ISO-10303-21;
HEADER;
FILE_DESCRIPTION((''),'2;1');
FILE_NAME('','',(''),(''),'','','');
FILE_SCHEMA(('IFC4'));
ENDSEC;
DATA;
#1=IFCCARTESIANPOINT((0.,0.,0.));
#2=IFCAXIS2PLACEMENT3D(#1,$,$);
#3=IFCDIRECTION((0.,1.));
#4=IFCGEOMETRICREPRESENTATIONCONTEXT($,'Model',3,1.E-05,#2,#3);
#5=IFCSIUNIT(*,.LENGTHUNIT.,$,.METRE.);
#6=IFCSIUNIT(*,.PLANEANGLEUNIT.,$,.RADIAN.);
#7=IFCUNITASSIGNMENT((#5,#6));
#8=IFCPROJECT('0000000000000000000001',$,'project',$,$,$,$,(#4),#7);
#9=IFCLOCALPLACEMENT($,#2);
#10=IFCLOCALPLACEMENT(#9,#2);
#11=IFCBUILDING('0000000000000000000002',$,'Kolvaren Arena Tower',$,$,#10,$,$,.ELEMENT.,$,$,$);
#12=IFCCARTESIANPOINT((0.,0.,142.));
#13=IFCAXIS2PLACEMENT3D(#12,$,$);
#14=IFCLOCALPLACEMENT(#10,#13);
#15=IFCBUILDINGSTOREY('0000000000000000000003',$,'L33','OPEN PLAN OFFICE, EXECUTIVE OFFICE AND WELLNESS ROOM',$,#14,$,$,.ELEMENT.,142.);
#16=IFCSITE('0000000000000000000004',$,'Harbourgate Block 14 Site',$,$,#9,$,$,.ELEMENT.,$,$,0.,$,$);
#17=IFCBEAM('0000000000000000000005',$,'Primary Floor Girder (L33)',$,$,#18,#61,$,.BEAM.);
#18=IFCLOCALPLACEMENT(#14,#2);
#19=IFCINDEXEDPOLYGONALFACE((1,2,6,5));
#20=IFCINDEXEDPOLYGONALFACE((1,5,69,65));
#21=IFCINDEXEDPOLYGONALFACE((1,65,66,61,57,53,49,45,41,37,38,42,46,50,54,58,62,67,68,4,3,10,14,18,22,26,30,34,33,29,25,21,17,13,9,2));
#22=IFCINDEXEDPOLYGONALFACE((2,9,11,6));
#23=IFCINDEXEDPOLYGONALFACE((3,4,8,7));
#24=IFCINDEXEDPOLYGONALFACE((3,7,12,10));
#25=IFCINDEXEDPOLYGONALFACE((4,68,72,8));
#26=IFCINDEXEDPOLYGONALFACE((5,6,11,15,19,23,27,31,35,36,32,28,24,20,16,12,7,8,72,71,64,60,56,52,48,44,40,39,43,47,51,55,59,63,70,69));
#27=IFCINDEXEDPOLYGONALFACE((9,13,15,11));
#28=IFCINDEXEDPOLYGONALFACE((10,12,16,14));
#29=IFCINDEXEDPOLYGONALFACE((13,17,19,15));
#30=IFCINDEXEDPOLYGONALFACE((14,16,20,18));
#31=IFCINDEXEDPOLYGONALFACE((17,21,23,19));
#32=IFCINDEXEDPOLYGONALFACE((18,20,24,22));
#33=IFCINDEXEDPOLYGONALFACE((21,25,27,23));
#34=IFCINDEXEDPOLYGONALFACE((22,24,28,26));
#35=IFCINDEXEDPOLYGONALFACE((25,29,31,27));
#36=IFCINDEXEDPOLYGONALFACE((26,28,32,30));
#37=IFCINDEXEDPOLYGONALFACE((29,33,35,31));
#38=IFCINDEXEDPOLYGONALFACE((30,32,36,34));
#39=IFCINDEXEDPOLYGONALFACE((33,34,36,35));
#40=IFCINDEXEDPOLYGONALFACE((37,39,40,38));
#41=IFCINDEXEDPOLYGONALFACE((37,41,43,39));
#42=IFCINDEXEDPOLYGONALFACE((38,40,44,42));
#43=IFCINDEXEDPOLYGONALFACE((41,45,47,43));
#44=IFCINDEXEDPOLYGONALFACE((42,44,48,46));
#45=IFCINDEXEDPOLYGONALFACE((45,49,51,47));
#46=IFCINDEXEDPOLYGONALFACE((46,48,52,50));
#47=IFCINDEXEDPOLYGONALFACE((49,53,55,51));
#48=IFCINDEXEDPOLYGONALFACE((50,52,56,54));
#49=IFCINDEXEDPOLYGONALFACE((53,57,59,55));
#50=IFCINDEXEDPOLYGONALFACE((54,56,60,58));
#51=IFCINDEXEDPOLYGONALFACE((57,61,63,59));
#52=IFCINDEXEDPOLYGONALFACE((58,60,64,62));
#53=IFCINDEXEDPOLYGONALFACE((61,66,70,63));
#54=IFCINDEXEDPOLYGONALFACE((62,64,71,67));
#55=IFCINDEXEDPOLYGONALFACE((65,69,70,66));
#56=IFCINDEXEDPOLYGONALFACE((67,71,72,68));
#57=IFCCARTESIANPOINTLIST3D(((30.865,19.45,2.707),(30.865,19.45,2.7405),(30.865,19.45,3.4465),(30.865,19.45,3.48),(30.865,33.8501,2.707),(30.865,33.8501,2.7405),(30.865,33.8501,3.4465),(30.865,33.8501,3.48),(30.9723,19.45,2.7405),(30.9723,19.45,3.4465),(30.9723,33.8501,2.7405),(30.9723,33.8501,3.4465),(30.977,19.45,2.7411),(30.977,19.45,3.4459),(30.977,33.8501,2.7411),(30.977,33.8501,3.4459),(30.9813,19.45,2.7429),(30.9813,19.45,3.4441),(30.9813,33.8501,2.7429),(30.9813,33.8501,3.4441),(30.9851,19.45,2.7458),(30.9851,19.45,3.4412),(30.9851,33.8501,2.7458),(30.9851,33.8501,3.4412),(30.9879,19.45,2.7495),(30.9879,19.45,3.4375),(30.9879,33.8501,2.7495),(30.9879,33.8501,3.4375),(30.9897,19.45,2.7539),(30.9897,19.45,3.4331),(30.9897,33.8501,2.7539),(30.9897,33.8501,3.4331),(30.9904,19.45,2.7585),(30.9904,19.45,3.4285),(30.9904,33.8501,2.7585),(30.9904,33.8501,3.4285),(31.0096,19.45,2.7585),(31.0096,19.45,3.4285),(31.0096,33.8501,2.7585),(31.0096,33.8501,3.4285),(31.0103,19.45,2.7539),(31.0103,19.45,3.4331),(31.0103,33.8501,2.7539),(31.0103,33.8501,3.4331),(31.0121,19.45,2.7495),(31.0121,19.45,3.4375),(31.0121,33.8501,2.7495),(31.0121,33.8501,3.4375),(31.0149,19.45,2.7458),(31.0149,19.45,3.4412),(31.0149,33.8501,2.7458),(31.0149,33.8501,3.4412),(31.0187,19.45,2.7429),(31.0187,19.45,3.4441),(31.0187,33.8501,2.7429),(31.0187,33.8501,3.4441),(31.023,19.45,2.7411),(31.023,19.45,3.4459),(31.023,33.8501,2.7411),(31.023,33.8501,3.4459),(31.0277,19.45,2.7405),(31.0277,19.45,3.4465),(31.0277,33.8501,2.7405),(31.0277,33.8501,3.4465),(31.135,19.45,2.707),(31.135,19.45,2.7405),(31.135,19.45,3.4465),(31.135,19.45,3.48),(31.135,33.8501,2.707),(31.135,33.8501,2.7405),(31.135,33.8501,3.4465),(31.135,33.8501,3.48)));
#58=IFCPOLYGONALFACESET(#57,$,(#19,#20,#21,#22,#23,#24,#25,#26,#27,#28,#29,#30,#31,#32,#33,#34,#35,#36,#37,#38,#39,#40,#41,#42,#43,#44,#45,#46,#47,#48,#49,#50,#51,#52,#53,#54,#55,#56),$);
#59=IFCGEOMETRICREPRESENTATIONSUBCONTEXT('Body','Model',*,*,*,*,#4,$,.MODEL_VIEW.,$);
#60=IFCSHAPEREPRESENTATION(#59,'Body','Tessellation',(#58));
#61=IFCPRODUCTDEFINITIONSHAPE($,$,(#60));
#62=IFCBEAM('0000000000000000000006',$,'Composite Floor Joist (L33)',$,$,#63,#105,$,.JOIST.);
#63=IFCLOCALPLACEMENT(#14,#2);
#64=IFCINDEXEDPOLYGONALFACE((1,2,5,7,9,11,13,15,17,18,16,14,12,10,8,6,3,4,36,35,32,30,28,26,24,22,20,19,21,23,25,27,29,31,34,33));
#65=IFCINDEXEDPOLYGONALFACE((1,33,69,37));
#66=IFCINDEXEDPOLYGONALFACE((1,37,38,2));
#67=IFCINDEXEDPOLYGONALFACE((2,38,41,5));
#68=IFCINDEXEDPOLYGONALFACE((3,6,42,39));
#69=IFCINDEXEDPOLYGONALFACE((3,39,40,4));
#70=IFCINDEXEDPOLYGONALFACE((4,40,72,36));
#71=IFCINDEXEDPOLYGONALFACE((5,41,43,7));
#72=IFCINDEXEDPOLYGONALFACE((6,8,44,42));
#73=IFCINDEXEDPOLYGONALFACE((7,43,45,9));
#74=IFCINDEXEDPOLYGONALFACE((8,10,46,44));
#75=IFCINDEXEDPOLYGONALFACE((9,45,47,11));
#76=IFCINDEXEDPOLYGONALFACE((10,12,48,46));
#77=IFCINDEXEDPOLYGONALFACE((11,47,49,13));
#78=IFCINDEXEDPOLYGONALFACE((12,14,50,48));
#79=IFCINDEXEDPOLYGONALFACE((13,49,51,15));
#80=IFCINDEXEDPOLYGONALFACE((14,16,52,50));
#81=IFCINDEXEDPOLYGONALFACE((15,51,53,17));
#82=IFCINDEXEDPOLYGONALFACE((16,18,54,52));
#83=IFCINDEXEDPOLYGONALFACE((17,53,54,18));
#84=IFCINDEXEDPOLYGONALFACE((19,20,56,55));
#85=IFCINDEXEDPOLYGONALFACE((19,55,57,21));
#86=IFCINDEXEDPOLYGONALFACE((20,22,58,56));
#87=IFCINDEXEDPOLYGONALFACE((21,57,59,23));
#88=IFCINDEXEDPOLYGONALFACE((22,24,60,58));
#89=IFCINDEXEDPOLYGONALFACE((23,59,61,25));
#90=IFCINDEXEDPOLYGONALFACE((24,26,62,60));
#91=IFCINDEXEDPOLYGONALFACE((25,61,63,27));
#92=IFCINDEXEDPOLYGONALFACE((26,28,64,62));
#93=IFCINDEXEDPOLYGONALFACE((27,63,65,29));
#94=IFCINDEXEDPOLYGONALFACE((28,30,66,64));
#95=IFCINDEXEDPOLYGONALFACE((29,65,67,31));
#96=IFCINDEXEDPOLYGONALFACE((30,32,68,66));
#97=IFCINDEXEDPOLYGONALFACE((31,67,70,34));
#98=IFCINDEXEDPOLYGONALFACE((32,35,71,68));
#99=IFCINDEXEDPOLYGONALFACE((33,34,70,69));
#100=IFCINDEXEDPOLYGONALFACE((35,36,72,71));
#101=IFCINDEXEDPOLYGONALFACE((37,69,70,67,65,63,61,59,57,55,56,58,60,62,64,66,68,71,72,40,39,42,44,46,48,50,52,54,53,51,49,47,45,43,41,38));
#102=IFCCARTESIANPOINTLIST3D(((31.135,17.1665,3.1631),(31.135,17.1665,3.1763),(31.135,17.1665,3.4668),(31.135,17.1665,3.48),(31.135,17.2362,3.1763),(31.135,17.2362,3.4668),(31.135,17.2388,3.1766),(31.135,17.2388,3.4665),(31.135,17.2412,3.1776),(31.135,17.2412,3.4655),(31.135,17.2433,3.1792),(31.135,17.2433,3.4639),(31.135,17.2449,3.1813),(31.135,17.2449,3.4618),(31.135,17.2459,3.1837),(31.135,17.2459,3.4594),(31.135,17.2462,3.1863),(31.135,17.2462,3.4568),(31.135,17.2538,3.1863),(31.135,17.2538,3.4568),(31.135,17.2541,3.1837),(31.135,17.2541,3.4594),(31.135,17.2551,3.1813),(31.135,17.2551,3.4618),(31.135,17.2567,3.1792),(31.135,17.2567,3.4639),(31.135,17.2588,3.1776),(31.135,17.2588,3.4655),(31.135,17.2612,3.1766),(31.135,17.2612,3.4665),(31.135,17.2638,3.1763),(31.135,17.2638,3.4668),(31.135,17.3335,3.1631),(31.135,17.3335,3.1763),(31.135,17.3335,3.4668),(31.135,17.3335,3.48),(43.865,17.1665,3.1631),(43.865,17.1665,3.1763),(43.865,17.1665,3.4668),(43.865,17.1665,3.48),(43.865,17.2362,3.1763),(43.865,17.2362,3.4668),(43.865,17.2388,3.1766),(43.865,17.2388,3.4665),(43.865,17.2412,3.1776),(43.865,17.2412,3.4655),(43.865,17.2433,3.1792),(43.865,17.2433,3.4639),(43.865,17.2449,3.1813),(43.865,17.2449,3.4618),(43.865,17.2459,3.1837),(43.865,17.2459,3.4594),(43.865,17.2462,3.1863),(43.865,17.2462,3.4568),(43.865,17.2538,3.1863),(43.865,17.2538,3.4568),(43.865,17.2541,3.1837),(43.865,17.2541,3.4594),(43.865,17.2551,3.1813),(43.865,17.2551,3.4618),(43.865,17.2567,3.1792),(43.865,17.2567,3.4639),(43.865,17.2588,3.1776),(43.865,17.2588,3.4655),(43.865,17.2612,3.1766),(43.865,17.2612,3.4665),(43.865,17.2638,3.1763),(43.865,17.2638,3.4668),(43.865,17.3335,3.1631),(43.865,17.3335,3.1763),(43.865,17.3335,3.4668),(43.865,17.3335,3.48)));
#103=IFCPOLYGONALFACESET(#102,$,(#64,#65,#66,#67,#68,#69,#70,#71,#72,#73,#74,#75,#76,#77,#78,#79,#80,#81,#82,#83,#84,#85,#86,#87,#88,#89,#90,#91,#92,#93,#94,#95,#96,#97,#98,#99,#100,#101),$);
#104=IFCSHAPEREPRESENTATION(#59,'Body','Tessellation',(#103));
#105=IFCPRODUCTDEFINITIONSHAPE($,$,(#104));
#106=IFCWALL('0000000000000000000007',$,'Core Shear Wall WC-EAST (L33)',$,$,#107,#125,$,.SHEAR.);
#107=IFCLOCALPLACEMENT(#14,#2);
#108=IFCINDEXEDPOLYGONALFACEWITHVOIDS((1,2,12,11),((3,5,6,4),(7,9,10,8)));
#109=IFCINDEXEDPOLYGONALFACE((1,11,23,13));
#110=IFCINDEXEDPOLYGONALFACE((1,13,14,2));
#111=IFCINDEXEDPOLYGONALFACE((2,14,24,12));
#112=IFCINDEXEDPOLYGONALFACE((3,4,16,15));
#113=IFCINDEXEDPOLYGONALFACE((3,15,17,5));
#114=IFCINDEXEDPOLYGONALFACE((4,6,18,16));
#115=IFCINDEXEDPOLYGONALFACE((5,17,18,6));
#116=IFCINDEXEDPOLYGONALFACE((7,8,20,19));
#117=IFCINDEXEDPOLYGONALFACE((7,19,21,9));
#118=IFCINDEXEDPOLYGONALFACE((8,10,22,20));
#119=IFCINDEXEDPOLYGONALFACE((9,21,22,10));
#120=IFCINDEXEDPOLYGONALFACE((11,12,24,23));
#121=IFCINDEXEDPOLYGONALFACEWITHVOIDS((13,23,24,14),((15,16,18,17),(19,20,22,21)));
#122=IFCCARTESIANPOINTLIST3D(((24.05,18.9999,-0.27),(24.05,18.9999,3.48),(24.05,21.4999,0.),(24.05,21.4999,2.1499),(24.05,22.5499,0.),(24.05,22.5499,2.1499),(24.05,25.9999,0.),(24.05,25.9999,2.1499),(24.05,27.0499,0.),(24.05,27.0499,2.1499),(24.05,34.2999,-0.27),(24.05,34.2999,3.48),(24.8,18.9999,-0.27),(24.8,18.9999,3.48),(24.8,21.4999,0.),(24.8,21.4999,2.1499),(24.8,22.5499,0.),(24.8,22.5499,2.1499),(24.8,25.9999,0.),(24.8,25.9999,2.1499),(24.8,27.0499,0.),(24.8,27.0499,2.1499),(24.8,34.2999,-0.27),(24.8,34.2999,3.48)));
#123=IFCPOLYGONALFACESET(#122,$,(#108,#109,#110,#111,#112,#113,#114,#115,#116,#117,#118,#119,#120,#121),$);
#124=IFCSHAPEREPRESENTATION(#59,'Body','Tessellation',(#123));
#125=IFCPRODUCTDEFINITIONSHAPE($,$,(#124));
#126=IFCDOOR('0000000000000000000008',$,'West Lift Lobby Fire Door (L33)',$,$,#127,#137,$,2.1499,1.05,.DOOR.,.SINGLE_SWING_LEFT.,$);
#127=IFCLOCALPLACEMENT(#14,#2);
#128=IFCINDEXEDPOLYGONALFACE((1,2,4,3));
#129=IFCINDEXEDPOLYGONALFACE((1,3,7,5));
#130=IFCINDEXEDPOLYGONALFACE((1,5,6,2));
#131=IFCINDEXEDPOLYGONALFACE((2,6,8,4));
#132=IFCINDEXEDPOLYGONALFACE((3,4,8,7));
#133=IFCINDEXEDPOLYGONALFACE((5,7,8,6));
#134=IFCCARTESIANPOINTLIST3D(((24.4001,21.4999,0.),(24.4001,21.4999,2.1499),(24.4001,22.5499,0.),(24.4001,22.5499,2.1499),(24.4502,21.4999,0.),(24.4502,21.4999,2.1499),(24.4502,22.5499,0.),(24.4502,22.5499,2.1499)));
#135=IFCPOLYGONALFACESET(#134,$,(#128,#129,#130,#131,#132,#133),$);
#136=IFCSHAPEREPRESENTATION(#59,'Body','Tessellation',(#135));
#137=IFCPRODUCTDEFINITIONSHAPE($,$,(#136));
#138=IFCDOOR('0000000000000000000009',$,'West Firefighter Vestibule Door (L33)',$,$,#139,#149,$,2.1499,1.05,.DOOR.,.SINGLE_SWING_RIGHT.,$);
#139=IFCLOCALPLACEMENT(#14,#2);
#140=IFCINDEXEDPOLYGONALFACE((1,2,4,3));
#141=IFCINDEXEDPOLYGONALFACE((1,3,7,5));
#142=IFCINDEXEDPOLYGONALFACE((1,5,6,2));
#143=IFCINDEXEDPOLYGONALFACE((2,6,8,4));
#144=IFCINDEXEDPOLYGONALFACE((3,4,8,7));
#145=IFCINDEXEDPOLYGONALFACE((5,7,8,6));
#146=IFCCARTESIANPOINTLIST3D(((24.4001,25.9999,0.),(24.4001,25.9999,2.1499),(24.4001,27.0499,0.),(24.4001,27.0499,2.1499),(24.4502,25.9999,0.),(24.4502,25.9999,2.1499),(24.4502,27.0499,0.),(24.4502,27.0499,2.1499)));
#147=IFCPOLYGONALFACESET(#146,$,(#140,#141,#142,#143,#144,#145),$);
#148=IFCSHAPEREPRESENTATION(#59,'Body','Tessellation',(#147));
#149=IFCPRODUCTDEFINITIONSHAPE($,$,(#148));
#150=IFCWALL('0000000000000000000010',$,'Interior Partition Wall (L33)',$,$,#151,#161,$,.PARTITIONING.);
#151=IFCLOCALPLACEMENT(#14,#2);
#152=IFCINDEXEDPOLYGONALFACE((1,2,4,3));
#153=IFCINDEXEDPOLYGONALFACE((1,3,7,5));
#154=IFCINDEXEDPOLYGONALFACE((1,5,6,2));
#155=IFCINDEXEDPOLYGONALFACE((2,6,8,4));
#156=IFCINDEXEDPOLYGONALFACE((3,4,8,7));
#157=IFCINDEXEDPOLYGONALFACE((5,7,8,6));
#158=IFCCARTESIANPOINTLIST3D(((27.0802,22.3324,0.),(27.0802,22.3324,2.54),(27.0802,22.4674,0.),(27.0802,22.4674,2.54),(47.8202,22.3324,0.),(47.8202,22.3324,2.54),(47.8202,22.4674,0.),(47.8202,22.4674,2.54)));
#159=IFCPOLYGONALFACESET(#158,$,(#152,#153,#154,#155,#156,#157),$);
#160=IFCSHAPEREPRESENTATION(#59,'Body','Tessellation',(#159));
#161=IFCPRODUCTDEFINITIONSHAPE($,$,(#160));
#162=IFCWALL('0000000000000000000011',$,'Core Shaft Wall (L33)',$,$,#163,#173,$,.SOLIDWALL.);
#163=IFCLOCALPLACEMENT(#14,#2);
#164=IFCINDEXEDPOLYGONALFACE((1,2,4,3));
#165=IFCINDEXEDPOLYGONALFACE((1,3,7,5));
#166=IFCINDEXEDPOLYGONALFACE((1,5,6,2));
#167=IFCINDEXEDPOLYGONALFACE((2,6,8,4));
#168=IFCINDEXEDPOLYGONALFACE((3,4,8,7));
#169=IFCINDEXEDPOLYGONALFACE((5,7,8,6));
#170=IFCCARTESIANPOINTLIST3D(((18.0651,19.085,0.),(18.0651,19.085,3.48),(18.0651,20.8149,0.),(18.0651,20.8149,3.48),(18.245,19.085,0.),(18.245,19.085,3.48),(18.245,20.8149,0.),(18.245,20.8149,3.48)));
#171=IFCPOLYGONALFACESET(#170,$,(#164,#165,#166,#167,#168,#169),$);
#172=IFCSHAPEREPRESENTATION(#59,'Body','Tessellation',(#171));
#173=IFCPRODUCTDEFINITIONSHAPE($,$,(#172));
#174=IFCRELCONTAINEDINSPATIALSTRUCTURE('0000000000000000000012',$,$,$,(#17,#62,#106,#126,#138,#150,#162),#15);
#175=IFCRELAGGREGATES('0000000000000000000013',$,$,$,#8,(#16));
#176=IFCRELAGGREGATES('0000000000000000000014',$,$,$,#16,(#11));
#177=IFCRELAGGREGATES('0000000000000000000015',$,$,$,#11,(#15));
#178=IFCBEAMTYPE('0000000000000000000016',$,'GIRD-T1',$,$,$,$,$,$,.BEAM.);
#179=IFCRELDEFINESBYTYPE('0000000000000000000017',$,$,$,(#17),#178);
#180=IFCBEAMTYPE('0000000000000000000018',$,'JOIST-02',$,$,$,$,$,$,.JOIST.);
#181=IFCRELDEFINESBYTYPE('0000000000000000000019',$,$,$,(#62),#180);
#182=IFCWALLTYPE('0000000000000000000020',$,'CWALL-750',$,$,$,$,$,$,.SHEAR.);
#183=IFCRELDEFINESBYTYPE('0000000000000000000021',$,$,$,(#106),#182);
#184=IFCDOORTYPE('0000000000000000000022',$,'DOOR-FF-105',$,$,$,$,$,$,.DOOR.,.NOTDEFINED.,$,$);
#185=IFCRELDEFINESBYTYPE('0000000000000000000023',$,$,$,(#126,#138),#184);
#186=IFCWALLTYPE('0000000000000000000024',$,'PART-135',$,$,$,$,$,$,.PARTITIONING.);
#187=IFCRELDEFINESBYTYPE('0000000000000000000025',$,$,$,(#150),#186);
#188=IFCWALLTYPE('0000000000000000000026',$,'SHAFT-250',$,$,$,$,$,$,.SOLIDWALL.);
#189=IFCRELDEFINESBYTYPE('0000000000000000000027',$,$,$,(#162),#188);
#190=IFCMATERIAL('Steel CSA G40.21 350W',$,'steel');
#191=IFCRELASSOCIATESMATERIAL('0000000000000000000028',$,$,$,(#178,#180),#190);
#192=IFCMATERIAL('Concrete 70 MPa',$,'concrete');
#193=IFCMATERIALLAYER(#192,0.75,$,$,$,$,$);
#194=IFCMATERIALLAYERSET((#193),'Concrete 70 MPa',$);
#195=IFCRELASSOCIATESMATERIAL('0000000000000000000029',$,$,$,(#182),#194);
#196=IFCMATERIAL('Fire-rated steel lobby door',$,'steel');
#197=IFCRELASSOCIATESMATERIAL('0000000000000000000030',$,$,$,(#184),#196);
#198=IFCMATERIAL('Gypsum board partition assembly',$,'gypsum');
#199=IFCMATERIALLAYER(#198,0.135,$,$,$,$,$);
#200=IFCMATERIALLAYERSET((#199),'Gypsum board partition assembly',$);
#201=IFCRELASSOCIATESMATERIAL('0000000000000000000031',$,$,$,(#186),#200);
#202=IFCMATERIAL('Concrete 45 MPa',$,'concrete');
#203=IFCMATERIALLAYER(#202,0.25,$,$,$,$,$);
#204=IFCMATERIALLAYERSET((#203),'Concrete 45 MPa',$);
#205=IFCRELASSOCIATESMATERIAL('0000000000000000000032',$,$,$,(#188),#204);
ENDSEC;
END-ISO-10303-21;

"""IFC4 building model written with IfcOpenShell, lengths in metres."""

from ifc_helpers import new_model, si_unit, direction, frame, frame_2d, origin, origin_2d, place, context, subcontext, project, spatial, rectangle, i_section, extrude, material, layer, layer_set, material_profile, profile_set, type_object, element, fill, save


model = new_model("IFC4")

# Units and contexts
model_context = context("Model", 3, precision=1e-05, world=origin(), true_north=direction((0.0, 1.0)))
body_context = subcontext(model_context, "Body", "Model", "MODEL_VIEW")
ifc_project = project(units=[si_unit("LENGTHUNIT", "METRE"), si_unit("PLANEANGLEUNIT", "RADIAN")], contexts=[model_context])

# Site, building, storey
site_placement = place(None, origin())
site = spatial("IfcSite", under=ifc_project, at=site_placement, Name="Harbourgate Block 14 Site", CompositionType="ELEMENT", RefElevation=0.0)
building_placement = place(site_placement, origin())
building = spatial("IfcBuilding", under=site, at=building_placement, Name="Kolvaren Arena Tower", CompositionType="ELEMENT")
storey_placement = place(building_placement, frame((0.0, 0.0, 142.0)))
storey = spatial("IfcBuildingStorey", under=building, at=storey_placement, Name="L33", Description="OPEN PLAN OFFICE, EXECUTIVE OFFICE AND WELLNESS ROOM", CompositionType="ELEMENT", Elevation=142.0)

# Beams
ifc_material_1 = material(Name="Steel CSA G40.21 350W", Category="steel")
ifc_material_profile_1 = material_profile(ifc_material_1, i_section(OverallWidth=0.27, OverallDepth=0.7729, WebThickness=0.0193, FlangeThickness=0.0334, FilletRadius=0.0181, at=origin_2d()), Name="W760x257")
ifc_profile_set_1 = profile_set([ifc_material_profile_1], Name="Steel CSA G40.21 350W")
beam_type_1 = type_object("IfcBeamType", Name="GIRD-T1", PredefinedType="BEAM", material=ifc_profile_set_1)
beam_1_placement = place(storey_placement, frame((31.0, 19.45, 3.0935), z_axis=(0.0, 1.0, 0.0), x_axis=(-1.0, 0.0, 0.0)))
element("IfcBeam", 1, at=beam_1_placement, inside=storey, type_object=beam_type_1, Name="Primary Floor Girder (L33)", PredefinedType="BEAM", context=body_context, shape_type="SweptSolid", body=[
    extrude(i_section(OverallWidth=0.27, OverallDepth=0.7729, WebThickness=0.0193, FlangeThickness=0.0334, FilletRadius=0.0181, at=origin_2d()), origin(), (0.0, 0.0, 1.0), 14.4001),
])
ifc_material_profile_2 = material_profile(ifc_material_1, i_section(OverallWidth=0.167, OverallDepth=0.3169, WebThickness=0.0076, FlangeThickness=0.0132, FilletRadius=0.01, at=origin_2d()), Name="W310x52")
ifc_profile_set_2 = profile_set([ifc_material_profile_2], Name="Steel CSA G40.21 350W")
beam_type_2 = type_object("IfcBeamType", Name="JOIST-02", PredefinedType="JOIST", material=ifc_profile_set_2)
beam_2_placement = place(storey_placement, frame((31.135, 17.25, 3.3215), z_axis=(1.0, 0.0, 0.0), x_axis=(0.0, 1.0, 0.0)))
element("IfcBeam", 2, at=beam_2_placement, inside=storey, type_object=beam_type_2, Name="Composite Floor Joist (L33)", PredefinedType="JOIST", context=body_context, shape_type="SweptSolid", body=[
    extrude(i_section(OverallWidth=0.167, OverallDepth=0.3169, WebThickness=0.0076, FlangeThickness=0.0132, FilletRadius=0.01, at=origin_2d()), origin(), (0.0, 0.0, 1.0), 12.73),
])

# Wall, openings, doors
ifc_material_2 = material(Name="Concrete 70 MPa", Category="concrete")
ifc_layer_1 = layer(ifc_material_2, 0.75)
ifc_layer_set_1 = layer_set([ifc_layer_1], Name="Concrete 70 MPa")
wall_type_1 = type_object("IfcWallType", Name="CWALL-750", PredefinedType="SHEAR", material=ifc_layer_set_1)
wall_1_placement = place(storey_placement, frame((24.425, 19.0, -0.27), z_axis=(0.0, 0.0, 1.0), x_axis=(0.0, 1.0, 0.0)))
wall_1 = element("IfcWall", 3, at=wall_1_placement, inside=storey, type_object=wall_type_1, Name="Core Shear Wall WC-EAST (L33)", PredefinedType="SHEAR", context=body_context, shape_type="SweptSolid", body=[
    extrude(rectangle(XDim=15.3, YDim=0.75, at=frame_2d((7.6499, 0.0))), origin(), (0.0, 0.0, 1.0), 3.75),
])
opening_1_placement = place(wall_1_placement, frame((2.5, 0.0, 0.27)))
opening_1 = element("IfcOpeningElement", 4, at=opening_1_placement, cuts=wall_1, PredefinedType="OPENING", context=body_context, shape_type="SweptSolid", body=[
    extrude(rectangle(XDim=1.05, YDim=2.1499, at=frame_2d((0.5249, 1.075))), frame((0.0, 0.385, 0.0), z_axis=(0.0, -1.0, 0.0), x_axis=(1.0, 0.0, 0.0)), (0.0, 0.0, 1.0), 0.77),
])
opening_2_placement = place(wall_1_placement, frame((7.0, 0.0, 0.27)))
opening_2 = element("IfcOpeningElement", 5, at=opening_2_placement, cuts=wall_1, PredefinedType="OPENING", context=body_context, shape_type="SweptSolid", body=[
    extrude(rectangle(XDim=1.05, YDim=2.1499, at=frame_2d((0.5249, 1.075))), frame((0.0, 0.385, 0.0), z_axis=(0.0, -1.0, 0.0), x_axis=(1.0, 0.0, 0.0)), (0.0, 0.0, 1.0), 0.77),
])
ifc_material_3 = material(Name="Fire-rated steel lobby door", Category="steel")
door_type_1 = type_object("IfcDoorType", Name="DOOR-FF-105", OperationType="NOTDEFINED", PredefinedType="DOOR", material=ifc_material_3)
door_1_placement = place(opening_1_placement, origin())
door_1 = element("IfcDoor", 6, at=door_1_placement, inside=storey, type_object=door_type_1, Name="West Lift Lobby Fire Door (L33)", OperationType="SINGLE_SWING_LEFT", OverallHeight=2.1499, OverallWidth=1.05, PredefinedType="DOOR", context=body_context, shape_type="SweptSolid", body=[
    extrude(rectangle(XDim=1.05, YDim=2.1499, at=frame_2d((0.5249, 1.075))), frame((0.0, 0.0249, 0.0), z_axis=(0.0, -1.0, 0.0), x_axis=(1.0, 0.0, 0.0)), (0.0, 0.0, 1.0), 0.05),
])
fill(opening_1, door_1)
door_2_placement = place(opening_2_placement, origin())
door_2 = element("IfcDoor", 7, at=door_2_placement, inside=storey, type_object=door_type_1, Name="West Firefighter Vestibule Door (L33)", OperationType="SINGLE_SWING_RIGHT", OverallHeight=2.1499, OverallWidth=1.05, PredefinedType="DOOR", context=body_context, shape_type="SweptSolid", body=[
    extrude(rectangle(XDim=1.05, YDim=2.1499, at=frame_2d((0.5249, 1.075))), frame((0.0, 0.0249, 0.0), z_axis=(0.0, -1.0, 0.0), x_axis=(1.0, 0.0, 0.0)), (0.0, 0.0, 1.0), 0.05),
])
fill(opening_2, door_2)

# Walls
ifc_material_4 = material(Name="Gypsum board partition assembly", Category="gypsum")
ifc_layer_2 = layer(ifc_material_4, 0.135)
ifc_layer_set_2 = layer_set([ifc_layer_2], Name="Gypsum board partition assembly")
wall_type_2 = type_object("IfcWallType", Name="PART-135", PredefinedType="PARTITIONING", material=ifc_layer_set_2)
wall_2_placement = place(storey_placement, frame((27.0801, 22.3999, 0.0), z_axis=(0.0, 0.0, 1.0), x_axis=(1.0, 0.0, 0.0)))
element("IfcWall", 8, at=wall_2_placement, inside=storey, type_object=wall_type_2, Name="Interior Partition Wall (L33)", PredefinedType="PARTITIONING", context=body_context, shape_type="SweptSolid", body=[
    extrude(rectangle(XDim=20.74, YDim=0.135, at=frame_2d((10.3701, 0.0))), origin(), (0.0, 0.0, 1.0), 2.54),
])
ifc_material_5 = material(Name="Concrete 45 MPa", Category="concrete")
ifc_layer_3 = layer(ifc_material_5, 0.25)
ifc_layer_set_3 = layer_set([ifc_layer_3], Name="Concrete 45 MPa")
wall_type_3 = type_object("IfcWallType", Name="SHAFT-250", PredefinedType="SOLIDWALL", material=ifc_layer_set_3)
wall_3_placement = place(storey_placement, frame((18.155, 19.085, 0.0), z_axis=(0.0, 0.0, 1.0), x_axis=(0.0, 1.0, 0.0)))
element("IfcWall", 9, at=wall_3_placement, inside=storey, type_object=wall_type_3, Name="Core Shaft Wall (L33)", PredefinedType="SOLIDWALL", context=body_context, shape_type="SweptSolid", body=[
    extrude(rectangle(XDim=1.73, YDim=0.1799, at=frame_2d((0.865, 0.0))), origin(), (0.0, 0.0, 1.0), 3.48),
])

save(model, "model.ifc")
